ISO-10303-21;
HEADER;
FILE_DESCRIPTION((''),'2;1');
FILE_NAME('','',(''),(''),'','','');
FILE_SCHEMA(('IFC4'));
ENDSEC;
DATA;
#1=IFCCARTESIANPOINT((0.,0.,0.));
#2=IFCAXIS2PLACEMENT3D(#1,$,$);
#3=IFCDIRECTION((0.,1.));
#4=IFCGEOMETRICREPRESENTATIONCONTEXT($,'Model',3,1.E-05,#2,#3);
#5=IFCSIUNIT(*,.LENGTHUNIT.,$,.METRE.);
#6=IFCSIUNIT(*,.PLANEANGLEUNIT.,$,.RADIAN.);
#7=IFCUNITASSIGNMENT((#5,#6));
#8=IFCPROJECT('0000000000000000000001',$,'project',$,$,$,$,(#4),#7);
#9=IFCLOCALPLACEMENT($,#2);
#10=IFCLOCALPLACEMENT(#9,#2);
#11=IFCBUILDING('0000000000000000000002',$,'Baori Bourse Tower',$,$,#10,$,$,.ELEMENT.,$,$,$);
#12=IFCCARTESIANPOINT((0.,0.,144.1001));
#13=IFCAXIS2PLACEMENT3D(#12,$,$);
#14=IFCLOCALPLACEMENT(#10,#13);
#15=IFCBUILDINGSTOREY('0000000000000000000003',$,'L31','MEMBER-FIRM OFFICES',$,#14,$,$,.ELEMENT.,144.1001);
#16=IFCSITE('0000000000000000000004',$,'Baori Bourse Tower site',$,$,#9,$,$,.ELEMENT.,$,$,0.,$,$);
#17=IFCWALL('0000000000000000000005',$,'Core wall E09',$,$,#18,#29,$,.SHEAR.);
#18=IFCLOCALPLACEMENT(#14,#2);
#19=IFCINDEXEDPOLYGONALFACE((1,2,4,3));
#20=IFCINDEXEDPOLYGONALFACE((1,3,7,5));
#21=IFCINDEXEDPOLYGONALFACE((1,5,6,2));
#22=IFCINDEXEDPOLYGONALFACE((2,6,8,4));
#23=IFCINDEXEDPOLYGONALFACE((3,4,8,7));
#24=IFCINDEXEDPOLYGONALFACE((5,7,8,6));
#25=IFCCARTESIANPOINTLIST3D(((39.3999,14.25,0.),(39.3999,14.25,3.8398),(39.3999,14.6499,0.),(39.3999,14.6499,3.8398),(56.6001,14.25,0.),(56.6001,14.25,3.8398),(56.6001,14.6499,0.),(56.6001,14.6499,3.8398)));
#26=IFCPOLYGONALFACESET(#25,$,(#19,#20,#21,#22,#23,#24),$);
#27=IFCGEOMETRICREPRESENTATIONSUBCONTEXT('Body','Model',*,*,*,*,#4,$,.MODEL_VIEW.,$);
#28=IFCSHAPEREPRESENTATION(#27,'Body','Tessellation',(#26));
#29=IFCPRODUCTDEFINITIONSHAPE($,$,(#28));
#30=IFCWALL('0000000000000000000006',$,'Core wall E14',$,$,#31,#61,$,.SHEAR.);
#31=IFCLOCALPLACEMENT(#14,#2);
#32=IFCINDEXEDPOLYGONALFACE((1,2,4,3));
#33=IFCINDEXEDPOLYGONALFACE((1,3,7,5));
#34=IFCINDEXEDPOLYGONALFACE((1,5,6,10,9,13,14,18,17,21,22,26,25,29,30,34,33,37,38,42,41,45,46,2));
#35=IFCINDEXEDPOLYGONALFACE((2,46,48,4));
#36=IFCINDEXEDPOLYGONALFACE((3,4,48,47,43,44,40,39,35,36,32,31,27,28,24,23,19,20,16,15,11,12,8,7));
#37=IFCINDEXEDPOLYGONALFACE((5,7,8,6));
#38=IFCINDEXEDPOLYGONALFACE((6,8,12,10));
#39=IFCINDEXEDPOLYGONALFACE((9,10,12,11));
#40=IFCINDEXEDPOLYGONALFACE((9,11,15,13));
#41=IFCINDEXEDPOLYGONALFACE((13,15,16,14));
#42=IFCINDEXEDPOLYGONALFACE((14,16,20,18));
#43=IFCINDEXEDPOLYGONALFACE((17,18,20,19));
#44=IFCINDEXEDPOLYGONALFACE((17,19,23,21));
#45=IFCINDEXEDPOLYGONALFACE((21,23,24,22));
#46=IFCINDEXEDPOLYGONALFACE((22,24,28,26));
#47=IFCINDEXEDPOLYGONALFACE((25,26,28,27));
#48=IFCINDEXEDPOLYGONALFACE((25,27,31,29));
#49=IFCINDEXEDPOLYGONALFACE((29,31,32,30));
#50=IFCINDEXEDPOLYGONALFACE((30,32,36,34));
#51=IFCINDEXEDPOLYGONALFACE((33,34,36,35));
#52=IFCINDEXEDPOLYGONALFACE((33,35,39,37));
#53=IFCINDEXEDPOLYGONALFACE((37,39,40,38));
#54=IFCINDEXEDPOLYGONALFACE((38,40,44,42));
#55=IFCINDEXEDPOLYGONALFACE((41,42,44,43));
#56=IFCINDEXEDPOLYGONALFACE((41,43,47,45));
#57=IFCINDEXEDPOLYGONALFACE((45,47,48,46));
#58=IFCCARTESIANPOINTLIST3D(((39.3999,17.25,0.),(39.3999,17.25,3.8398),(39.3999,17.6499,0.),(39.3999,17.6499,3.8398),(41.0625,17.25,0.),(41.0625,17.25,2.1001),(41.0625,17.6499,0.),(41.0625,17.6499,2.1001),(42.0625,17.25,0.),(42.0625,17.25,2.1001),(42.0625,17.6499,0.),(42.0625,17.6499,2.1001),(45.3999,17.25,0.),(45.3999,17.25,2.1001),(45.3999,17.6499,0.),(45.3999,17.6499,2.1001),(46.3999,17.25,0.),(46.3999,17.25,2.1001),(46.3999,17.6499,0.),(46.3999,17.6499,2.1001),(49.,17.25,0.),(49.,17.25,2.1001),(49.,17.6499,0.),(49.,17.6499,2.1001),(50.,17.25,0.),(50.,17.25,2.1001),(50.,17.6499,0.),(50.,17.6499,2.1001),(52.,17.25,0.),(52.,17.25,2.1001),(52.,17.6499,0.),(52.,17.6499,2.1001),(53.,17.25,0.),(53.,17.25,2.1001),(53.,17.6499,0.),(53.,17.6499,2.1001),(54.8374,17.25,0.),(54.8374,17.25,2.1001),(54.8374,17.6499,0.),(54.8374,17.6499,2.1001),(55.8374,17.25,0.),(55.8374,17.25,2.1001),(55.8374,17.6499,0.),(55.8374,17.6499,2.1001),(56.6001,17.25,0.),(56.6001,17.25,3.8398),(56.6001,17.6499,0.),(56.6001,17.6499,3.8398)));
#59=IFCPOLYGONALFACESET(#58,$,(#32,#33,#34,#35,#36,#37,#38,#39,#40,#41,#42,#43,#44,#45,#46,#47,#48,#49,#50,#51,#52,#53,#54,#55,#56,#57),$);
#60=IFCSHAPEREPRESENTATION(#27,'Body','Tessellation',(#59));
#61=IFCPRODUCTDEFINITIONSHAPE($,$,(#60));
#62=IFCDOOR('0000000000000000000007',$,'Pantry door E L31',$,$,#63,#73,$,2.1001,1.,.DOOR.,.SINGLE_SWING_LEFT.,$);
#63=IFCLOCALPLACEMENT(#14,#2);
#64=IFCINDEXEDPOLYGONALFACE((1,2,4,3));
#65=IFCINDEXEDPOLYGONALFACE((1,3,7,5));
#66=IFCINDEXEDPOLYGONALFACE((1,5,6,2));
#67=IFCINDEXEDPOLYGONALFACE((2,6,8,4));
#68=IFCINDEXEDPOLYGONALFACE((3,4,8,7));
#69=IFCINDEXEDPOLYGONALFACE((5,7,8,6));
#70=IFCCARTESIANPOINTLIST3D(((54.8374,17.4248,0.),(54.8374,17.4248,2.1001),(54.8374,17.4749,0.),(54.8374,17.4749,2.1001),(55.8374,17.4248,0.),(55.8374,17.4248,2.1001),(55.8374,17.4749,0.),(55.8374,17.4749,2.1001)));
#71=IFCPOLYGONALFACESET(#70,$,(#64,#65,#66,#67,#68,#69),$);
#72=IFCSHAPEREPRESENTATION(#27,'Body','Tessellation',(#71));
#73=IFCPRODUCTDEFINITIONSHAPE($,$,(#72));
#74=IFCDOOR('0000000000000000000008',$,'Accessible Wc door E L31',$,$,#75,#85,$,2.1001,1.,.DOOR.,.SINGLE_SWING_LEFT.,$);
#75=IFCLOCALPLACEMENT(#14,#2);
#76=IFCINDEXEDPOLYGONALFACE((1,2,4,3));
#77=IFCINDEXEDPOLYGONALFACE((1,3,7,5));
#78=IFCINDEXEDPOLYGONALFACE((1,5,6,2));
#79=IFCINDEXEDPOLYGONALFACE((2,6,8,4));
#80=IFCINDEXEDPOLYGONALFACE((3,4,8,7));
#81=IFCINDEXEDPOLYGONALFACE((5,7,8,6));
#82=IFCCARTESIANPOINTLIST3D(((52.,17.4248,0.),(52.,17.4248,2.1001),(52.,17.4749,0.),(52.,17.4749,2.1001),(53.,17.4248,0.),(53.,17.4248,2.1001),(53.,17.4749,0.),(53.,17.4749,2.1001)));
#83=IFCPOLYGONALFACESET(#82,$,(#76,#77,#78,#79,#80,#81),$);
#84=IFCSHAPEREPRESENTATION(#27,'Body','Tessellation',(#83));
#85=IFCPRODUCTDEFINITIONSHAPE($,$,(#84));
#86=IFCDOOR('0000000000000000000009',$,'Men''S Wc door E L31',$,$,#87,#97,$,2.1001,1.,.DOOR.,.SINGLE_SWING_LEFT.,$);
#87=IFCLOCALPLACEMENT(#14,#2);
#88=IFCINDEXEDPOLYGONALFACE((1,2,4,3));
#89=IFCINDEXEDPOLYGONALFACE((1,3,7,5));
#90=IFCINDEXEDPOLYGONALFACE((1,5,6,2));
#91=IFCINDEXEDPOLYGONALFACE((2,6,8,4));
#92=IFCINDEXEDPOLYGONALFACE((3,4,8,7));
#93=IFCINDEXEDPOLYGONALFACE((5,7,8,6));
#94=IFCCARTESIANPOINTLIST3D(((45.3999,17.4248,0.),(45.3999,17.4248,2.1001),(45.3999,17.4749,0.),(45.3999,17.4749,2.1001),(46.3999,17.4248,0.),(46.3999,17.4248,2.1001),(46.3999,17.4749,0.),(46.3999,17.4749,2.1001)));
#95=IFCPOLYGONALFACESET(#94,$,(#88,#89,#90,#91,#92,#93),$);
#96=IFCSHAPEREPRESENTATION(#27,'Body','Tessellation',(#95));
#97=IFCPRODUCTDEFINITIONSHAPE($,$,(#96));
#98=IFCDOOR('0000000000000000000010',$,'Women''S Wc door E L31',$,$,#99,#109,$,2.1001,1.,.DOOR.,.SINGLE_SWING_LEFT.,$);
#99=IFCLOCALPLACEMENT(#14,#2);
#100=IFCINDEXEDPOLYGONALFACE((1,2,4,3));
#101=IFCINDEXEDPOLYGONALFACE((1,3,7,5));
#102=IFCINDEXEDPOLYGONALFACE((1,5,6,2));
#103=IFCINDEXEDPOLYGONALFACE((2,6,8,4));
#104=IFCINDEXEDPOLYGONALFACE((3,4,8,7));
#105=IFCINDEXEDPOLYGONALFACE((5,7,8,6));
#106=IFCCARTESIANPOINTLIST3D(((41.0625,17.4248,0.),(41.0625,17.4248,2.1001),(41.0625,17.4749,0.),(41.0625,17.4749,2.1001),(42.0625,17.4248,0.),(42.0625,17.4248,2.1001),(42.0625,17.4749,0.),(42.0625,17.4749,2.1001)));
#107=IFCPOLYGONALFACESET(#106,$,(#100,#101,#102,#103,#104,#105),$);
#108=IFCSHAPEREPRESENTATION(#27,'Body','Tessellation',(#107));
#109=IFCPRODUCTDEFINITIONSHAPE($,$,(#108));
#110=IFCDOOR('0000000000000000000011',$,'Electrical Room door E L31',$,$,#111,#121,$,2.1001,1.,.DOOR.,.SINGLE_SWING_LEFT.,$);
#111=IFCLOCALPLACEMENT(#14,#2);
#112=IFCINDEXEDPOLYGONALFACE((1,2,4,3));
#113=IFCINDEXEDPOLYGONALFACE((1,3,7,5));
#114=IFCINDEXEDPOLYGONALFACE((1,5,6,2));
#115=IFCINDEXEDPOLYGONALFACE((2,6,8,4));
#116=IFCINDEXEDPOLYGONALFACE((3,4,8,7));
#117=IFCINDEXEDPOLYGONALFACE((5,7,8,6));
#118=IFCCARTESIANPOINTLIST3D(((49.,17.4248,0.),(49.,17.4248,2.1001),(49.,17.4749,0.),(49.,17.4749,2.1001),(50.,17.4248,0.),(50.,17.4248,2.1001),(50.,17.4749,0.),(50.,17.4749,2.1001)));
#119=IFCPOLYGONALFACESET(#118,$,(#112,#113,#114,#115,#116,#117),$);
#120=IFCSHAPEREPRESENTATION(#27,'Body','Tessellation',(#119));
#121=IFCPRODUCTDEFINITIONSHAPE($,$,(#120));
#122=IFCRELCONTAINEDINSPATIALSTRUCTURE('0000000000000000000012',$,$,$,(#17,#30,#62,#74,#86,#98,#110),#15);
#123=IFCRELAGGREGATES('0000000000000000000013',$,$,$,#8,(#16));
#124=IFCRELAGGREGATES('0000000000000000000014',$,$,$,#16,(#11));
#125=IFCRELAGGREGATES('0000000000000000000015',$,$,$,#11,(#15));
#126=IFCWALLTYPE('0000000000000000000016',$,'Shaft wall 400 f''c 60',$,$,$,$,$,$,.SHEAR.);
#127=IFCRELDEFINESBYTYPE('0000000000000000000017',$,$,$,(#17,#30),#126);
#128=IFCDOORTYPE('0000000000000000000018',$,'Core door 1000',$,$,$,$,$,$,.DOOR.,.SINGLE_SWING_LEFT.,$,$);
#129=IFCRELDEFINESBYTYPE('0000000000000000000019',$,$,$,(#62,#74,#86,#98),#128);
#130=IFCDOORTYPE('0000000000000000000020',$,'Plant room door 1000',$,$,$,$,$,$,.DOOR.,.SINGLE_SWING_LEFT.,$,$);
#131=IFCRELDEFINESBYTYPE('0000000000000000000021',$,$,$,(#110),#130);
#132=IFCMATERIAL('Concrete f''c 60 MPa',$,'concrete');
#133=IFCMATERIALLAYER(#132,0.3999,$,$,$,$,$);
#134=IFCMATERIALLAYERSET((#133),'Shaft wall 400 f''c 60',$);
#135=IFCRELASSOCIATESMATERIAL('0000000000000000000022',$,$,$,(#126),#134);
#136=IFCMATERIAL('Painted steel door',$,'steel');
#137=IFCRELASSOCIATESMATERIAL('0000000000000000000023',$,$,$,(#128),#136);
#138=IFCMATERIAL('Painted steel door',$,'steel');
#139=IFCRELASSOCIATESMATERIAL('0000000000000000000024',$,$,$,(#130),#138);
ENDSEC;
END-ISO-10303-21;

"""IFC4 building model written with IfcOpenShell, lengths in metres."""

from ifc_helpers import new_model, si_unit, direction, frame, frame_2d, origin, place, context, subcontext, project, spatial, rectangle, extrude, material, layer, layer_set, type_object, element, fill, save


model = new_model("IFC4")

# Units and contexts
model_context = context("Model", 3, precision=1e-05, world=origin(), true_north=direction((0.0, 1.0)))
body_context = subcontext(model_context, "Body", "Model", "MODEL_VIEW")
ifc_project = project(units=[si_unit("LENGTHUNIT", "METRE"), si_unit("PLANEANGLEUNIT", "RADIAN")], contexts=[model_context])

# Site, building, storey
site_placement = place(None, origin())
site = spatial("IfcSite", under=ifc_project, at=site_placement, Name="Baori Bourse Tower site", CompositionType="ELEMENT", RefElevation=0.0)
building_placement = place(site_placement, origin())
building = spatial("IfcBuilding", under=site, at=building_placement, Name="Baori Bourse Tower", CompositionType="ELEMENT")
storey_placement = place(building_placement, frame((0.0, 0.0, 144.1001)))
storey = spatial("IfcBuildingStorey", under=building, at=storey_placement, Name="L31", Description="MEMBER-FIRM OFFICES", CompositionType="ELEMENT", Elevation=144.1001)

# Wall
ifc_material_1 = material(Name="Concrete f'c 60 MPa", Category="concrete")
ifc_layer_1 = layer(ifc_material_1, 0.3999)
ifc_layer_set_1 = layer_set([ifc_layer_1], Name="Shaft wall 400 f'c 60")
wall_type_1 = type_object("IfcWallType", Name="Shaft wall 400 f'c 60", PredefinedType="SHEAR", material=ifc_layer_set_1)
wall_1_placement = place(storey_placement, frame((39.3999, 14.45, 0.0), z_axis=(0.0, 0.0, 1.0), x_axis=(1.0, 0.0, 0.0)))
element("IfcWall", 1, at=wall_1_placement, inside=storey, type_object=wall_type_1, Name="Core wall E09", PredefinedType="SHEAR", context=body_context, shape_type="SweptSolid", body=[
    extrude(rectangle(XDim=17.2002, YDim=0.3999, at=frame_2d((8.6001, 0.0))), origin(), (0.0, 0.0, 1.0), 3.8398),
])

# Wall, openings, doors
wall_2_placement = place(storey_placement, frame((39.3999, 17.45, 0.0), z_axis=(0.0, 0.0, 1.0), x_axis=(1.0, 0.0, 0.0)))
wall_2 = element("IfcWall", 2, at=wall_2_placement, inside=storey, type_object=wall_type_1, Name="Core wall E14", PredefinedType="SHEAR", context=body_context, shape_type="SweptSolid", body=[
    extrude(rectangle(XDim=17.2002, YDim=0.3999, at=frame_2d((8.6001, 0.0))), origin(), (0.0, 0.0, 1.0), 3.8398),
])
opening_1_placement = place(wall_2_placement, frame((15.4375, 0.0, 0.0)))
opening_1 = element("IfcOpeningElement", 3, at=opening_1_placement, cuts=wall_2, PredefinedType="OPENING", context=body_context, shape_type="SweptSolid", body=[
    extrude(rectangle(XDim=1.0, YDim=2.1001, at=frame_2d((0.5, 1.05))), frame((0.0, 0.21, 0.0), z_axis=(0.0, -1.0, 0.0), x_axis=(1.0, 0.0, 0.0)), (0.0, 0.0, 1.0), 0.4199),
])
opening_2_placement = place(wall_2_placement, frame((12.6001, 0.0, 0.0)))
opening_2 = element("IfcOpeningElement", 4, at=opening_2_placement, cuts=wall_2, PredefinedType="OPENING", context=body_context, shape_type="SweptSolid", body=[
    extrude(rectangle(XDim=1.0, YDim=2.1001, at=frame_2d((0.5, 1.05))), frame((0.0, 0.21, 0.0), z_axis=(0.0, -1.0, 0.0), x_axis=(1.0, 0.0, 0.0)), (0.0, 0.0, 1.0), 0.4199),
])
opening_3_placement = place(wall_2_placement, frame((9.6001, 0.0, 0.0)))
opening_3 = element("IfcOpeningElement", 5, at=opening_3_placement, cuts=wall_2, PredefinedType="OPENING", context=body_context, shape_type="SweptSolid", body=[
    extrude(rectangle(XDim=1.0, YDim=2.1001, at=frame_2d((0.5, 1.05))), frame((0.0, 0.21, 0.0), z_axis=(0.0, -1.0, 0.0), x_axis=(1.0, 0.0, 0.0)), (0.0, 0.0, 1.0), 0.4199),
])
opening_4_placement = place(wall_2_placement, frame((6.0, 0.0, 0.0)))
opening_4 = element("IfcOpeningElement", 6, at=opening_4_placement, cuts=wall_2, PredefinedType="OPENING", context=body_context, shape_type="SweptSolid", body=[
    extrude(rectangle(XDim=1.0, YDim=2.1001, at=frame_2d((0.5, 1.05))), frame((0.0, 0.21, 0.0), z_axis=(0.0, -1.0, 0.0), x_axis=(1.0, 0.0, 0.0)), (0.0, 0.0, 1.0), 0.4199),
])
opening_5_placement = place(wall_2_placement, frame((1.6626, 0.0, 0.0)))
opening_5 = element("IfcOpeningElement", 7, at=opening_5_placement, cuts=wall_2, PredefinedType="OPENING", context=body_context, shape_type="SweptSolid", body=[
    extrude(rectangle(XDim=1.0, YDim=2.1001, at=frame_2d((0.5, 1.05))), frame((0.0, 0.21, 0.0), z_axis=(0.0, -1.0, 0.0), x_axis=(1.0, 0.0, 0.0)), (0.0, 0.0, 1.0), 0.4199),
])
ifc_material_2 = material(Name="Painted steel door", Category="steel")
door_type_1 = type_object("IfcDoorType", Name="Core door 1000", OperationType="SINGLE_SWING_LEFT", PredefinedType="DOOR", material=ifc_material_2)
door_1_placement = place(opening_1_placement, origin())
door_1 = element("IfcDoor", 8, at=door_1_placement, inside=storey, type_object=door_type_1, Name="Pantry door E L31", OperationType="SINGLE_SWING_LEFT", OverallHeight=2.1001, OverallWidth=1.0, PredefinedType="DOOR", context=body_context, shape_type="SweptSolid", body=[
    extrude(rectangle(XDim=1.0, YDim=2.1001, at=frame_2d((0.5, 1.05))), frame((0.0, 0.0249, 0.0), z_axis=(0.0, -1.0, 0.0), x_axis=(1.0, 0.0, 0.0)), (0.0, 0.0, 1.0), 0.05),
])
fill(opening_1, door_1)
door_2_placement = place(opening_2_placement, origin())
door_2 = element("IfcDoor", 9, at=door_2_placement, inside=storey, type_object=door_type_1, Name="Accessible Wc door E L31", OperationType="SINGLE_SWING_LEFT", OverallHeight=2.1001, OverallWidth=1.0, PredefinedType="DOOR", context=body_context, shape_type="SweptSolid", body=[
    extrude(rectangle(XDim=1.0, YDim=2.1001, at=frame_2d((0.5, 1.05))), frame((0.0, 0.0249, 0.0), z_axis=(0.0, -1.0, 0.0), x_axis=(1.0, 0.0, 0.0)), (0.0, 0.0, 1.0), 0.05),
])
fill(opening_2, door_2)
door_3_placement = place(opening_4_placement, origin())
door_3 = element("IfcDoor", 10, at=door_3_placement, inside=storey, type_object=door_type_1, Name="Men'S Wc door E L31", OperationType="SINGLE_SWING_LEFT", OverallHeight=2.1001, OverallWidth=1.0, PredefinedType="DOOR", context=body_context, shape_type="SweptSolid", body=[
    extrude(rectangle(XDim=1.0, YDim=2.1001, at=frame_2d((0.5, 1.05))), frame((0.0, 0.0249, 0.0), z_axis=(0.0, -1.0, 0.0), x_axis=(1.0, 0.0, 0.0)), (0.0, 0.0, 1.0), 0.05),
])
fill(opening_4, door_3)
door_4_placement = place(opening_5_placement, origin())
door_4 = element("IfcDoor", 11, at=door_4_placement, inside=storey, type_object=door_type_1, Name="Women'S Wc door E L31", OperationType="SINGLE_SWING_LEFT", OverallHeight=2.1001, OverallWidth=1.0, PredefinedType="DOOR", context=body_context, shape_type="SweptSolid", body=[
    extrude(rectangle(XDim=1.0, YDim=2.1001, at=frame_2d((0.5, 1.05))), frame((0.0, 0.0249, 0.0), z_axis=(0.0, -1.0, 0.0), x_axis=(1.0, 0.0, 0.0)), (0.0, 0.0, 1.0), 0.05),
])
fill(opening_5, door_4)
ifc_material_3 = material(Name="Painted steel door", Category="steel")
door_type_2 = type_object("IfcDoorType", Name="Plant room door 1000", OperationType="SINGLE_SWING_LEFT", PredefinedType="DOOR", material=ifc_material_3)
door_5_placement = place(opening_3_placement, origin())
door_5 = element("IfcDoor", 12, at=door_5_placement, inside=storey, type_object=door_type_2, Name="Electrical Room door E L31", OperationType="SINGLE_SWING_LEFT", OverallHeight=2.1001, OverallWidth=1.0, PredefinedType="DOOR", context=body_context, shape_type="SweptSolid", body=[
    extrude(rectangle(XDim=1.0, YDim=2.1001, at=frame_2d((0.5, 1.05))), frame((0.0, 0.0249, 0.0), z_axis=(0.0, -1.0, 0.0), x_axis=(1.0, 0.0, 0.0)), (0.0, 0.0, 1.0), 0.05),
])
fill(opening_3, door_5)

save(model, "model.ifc")
